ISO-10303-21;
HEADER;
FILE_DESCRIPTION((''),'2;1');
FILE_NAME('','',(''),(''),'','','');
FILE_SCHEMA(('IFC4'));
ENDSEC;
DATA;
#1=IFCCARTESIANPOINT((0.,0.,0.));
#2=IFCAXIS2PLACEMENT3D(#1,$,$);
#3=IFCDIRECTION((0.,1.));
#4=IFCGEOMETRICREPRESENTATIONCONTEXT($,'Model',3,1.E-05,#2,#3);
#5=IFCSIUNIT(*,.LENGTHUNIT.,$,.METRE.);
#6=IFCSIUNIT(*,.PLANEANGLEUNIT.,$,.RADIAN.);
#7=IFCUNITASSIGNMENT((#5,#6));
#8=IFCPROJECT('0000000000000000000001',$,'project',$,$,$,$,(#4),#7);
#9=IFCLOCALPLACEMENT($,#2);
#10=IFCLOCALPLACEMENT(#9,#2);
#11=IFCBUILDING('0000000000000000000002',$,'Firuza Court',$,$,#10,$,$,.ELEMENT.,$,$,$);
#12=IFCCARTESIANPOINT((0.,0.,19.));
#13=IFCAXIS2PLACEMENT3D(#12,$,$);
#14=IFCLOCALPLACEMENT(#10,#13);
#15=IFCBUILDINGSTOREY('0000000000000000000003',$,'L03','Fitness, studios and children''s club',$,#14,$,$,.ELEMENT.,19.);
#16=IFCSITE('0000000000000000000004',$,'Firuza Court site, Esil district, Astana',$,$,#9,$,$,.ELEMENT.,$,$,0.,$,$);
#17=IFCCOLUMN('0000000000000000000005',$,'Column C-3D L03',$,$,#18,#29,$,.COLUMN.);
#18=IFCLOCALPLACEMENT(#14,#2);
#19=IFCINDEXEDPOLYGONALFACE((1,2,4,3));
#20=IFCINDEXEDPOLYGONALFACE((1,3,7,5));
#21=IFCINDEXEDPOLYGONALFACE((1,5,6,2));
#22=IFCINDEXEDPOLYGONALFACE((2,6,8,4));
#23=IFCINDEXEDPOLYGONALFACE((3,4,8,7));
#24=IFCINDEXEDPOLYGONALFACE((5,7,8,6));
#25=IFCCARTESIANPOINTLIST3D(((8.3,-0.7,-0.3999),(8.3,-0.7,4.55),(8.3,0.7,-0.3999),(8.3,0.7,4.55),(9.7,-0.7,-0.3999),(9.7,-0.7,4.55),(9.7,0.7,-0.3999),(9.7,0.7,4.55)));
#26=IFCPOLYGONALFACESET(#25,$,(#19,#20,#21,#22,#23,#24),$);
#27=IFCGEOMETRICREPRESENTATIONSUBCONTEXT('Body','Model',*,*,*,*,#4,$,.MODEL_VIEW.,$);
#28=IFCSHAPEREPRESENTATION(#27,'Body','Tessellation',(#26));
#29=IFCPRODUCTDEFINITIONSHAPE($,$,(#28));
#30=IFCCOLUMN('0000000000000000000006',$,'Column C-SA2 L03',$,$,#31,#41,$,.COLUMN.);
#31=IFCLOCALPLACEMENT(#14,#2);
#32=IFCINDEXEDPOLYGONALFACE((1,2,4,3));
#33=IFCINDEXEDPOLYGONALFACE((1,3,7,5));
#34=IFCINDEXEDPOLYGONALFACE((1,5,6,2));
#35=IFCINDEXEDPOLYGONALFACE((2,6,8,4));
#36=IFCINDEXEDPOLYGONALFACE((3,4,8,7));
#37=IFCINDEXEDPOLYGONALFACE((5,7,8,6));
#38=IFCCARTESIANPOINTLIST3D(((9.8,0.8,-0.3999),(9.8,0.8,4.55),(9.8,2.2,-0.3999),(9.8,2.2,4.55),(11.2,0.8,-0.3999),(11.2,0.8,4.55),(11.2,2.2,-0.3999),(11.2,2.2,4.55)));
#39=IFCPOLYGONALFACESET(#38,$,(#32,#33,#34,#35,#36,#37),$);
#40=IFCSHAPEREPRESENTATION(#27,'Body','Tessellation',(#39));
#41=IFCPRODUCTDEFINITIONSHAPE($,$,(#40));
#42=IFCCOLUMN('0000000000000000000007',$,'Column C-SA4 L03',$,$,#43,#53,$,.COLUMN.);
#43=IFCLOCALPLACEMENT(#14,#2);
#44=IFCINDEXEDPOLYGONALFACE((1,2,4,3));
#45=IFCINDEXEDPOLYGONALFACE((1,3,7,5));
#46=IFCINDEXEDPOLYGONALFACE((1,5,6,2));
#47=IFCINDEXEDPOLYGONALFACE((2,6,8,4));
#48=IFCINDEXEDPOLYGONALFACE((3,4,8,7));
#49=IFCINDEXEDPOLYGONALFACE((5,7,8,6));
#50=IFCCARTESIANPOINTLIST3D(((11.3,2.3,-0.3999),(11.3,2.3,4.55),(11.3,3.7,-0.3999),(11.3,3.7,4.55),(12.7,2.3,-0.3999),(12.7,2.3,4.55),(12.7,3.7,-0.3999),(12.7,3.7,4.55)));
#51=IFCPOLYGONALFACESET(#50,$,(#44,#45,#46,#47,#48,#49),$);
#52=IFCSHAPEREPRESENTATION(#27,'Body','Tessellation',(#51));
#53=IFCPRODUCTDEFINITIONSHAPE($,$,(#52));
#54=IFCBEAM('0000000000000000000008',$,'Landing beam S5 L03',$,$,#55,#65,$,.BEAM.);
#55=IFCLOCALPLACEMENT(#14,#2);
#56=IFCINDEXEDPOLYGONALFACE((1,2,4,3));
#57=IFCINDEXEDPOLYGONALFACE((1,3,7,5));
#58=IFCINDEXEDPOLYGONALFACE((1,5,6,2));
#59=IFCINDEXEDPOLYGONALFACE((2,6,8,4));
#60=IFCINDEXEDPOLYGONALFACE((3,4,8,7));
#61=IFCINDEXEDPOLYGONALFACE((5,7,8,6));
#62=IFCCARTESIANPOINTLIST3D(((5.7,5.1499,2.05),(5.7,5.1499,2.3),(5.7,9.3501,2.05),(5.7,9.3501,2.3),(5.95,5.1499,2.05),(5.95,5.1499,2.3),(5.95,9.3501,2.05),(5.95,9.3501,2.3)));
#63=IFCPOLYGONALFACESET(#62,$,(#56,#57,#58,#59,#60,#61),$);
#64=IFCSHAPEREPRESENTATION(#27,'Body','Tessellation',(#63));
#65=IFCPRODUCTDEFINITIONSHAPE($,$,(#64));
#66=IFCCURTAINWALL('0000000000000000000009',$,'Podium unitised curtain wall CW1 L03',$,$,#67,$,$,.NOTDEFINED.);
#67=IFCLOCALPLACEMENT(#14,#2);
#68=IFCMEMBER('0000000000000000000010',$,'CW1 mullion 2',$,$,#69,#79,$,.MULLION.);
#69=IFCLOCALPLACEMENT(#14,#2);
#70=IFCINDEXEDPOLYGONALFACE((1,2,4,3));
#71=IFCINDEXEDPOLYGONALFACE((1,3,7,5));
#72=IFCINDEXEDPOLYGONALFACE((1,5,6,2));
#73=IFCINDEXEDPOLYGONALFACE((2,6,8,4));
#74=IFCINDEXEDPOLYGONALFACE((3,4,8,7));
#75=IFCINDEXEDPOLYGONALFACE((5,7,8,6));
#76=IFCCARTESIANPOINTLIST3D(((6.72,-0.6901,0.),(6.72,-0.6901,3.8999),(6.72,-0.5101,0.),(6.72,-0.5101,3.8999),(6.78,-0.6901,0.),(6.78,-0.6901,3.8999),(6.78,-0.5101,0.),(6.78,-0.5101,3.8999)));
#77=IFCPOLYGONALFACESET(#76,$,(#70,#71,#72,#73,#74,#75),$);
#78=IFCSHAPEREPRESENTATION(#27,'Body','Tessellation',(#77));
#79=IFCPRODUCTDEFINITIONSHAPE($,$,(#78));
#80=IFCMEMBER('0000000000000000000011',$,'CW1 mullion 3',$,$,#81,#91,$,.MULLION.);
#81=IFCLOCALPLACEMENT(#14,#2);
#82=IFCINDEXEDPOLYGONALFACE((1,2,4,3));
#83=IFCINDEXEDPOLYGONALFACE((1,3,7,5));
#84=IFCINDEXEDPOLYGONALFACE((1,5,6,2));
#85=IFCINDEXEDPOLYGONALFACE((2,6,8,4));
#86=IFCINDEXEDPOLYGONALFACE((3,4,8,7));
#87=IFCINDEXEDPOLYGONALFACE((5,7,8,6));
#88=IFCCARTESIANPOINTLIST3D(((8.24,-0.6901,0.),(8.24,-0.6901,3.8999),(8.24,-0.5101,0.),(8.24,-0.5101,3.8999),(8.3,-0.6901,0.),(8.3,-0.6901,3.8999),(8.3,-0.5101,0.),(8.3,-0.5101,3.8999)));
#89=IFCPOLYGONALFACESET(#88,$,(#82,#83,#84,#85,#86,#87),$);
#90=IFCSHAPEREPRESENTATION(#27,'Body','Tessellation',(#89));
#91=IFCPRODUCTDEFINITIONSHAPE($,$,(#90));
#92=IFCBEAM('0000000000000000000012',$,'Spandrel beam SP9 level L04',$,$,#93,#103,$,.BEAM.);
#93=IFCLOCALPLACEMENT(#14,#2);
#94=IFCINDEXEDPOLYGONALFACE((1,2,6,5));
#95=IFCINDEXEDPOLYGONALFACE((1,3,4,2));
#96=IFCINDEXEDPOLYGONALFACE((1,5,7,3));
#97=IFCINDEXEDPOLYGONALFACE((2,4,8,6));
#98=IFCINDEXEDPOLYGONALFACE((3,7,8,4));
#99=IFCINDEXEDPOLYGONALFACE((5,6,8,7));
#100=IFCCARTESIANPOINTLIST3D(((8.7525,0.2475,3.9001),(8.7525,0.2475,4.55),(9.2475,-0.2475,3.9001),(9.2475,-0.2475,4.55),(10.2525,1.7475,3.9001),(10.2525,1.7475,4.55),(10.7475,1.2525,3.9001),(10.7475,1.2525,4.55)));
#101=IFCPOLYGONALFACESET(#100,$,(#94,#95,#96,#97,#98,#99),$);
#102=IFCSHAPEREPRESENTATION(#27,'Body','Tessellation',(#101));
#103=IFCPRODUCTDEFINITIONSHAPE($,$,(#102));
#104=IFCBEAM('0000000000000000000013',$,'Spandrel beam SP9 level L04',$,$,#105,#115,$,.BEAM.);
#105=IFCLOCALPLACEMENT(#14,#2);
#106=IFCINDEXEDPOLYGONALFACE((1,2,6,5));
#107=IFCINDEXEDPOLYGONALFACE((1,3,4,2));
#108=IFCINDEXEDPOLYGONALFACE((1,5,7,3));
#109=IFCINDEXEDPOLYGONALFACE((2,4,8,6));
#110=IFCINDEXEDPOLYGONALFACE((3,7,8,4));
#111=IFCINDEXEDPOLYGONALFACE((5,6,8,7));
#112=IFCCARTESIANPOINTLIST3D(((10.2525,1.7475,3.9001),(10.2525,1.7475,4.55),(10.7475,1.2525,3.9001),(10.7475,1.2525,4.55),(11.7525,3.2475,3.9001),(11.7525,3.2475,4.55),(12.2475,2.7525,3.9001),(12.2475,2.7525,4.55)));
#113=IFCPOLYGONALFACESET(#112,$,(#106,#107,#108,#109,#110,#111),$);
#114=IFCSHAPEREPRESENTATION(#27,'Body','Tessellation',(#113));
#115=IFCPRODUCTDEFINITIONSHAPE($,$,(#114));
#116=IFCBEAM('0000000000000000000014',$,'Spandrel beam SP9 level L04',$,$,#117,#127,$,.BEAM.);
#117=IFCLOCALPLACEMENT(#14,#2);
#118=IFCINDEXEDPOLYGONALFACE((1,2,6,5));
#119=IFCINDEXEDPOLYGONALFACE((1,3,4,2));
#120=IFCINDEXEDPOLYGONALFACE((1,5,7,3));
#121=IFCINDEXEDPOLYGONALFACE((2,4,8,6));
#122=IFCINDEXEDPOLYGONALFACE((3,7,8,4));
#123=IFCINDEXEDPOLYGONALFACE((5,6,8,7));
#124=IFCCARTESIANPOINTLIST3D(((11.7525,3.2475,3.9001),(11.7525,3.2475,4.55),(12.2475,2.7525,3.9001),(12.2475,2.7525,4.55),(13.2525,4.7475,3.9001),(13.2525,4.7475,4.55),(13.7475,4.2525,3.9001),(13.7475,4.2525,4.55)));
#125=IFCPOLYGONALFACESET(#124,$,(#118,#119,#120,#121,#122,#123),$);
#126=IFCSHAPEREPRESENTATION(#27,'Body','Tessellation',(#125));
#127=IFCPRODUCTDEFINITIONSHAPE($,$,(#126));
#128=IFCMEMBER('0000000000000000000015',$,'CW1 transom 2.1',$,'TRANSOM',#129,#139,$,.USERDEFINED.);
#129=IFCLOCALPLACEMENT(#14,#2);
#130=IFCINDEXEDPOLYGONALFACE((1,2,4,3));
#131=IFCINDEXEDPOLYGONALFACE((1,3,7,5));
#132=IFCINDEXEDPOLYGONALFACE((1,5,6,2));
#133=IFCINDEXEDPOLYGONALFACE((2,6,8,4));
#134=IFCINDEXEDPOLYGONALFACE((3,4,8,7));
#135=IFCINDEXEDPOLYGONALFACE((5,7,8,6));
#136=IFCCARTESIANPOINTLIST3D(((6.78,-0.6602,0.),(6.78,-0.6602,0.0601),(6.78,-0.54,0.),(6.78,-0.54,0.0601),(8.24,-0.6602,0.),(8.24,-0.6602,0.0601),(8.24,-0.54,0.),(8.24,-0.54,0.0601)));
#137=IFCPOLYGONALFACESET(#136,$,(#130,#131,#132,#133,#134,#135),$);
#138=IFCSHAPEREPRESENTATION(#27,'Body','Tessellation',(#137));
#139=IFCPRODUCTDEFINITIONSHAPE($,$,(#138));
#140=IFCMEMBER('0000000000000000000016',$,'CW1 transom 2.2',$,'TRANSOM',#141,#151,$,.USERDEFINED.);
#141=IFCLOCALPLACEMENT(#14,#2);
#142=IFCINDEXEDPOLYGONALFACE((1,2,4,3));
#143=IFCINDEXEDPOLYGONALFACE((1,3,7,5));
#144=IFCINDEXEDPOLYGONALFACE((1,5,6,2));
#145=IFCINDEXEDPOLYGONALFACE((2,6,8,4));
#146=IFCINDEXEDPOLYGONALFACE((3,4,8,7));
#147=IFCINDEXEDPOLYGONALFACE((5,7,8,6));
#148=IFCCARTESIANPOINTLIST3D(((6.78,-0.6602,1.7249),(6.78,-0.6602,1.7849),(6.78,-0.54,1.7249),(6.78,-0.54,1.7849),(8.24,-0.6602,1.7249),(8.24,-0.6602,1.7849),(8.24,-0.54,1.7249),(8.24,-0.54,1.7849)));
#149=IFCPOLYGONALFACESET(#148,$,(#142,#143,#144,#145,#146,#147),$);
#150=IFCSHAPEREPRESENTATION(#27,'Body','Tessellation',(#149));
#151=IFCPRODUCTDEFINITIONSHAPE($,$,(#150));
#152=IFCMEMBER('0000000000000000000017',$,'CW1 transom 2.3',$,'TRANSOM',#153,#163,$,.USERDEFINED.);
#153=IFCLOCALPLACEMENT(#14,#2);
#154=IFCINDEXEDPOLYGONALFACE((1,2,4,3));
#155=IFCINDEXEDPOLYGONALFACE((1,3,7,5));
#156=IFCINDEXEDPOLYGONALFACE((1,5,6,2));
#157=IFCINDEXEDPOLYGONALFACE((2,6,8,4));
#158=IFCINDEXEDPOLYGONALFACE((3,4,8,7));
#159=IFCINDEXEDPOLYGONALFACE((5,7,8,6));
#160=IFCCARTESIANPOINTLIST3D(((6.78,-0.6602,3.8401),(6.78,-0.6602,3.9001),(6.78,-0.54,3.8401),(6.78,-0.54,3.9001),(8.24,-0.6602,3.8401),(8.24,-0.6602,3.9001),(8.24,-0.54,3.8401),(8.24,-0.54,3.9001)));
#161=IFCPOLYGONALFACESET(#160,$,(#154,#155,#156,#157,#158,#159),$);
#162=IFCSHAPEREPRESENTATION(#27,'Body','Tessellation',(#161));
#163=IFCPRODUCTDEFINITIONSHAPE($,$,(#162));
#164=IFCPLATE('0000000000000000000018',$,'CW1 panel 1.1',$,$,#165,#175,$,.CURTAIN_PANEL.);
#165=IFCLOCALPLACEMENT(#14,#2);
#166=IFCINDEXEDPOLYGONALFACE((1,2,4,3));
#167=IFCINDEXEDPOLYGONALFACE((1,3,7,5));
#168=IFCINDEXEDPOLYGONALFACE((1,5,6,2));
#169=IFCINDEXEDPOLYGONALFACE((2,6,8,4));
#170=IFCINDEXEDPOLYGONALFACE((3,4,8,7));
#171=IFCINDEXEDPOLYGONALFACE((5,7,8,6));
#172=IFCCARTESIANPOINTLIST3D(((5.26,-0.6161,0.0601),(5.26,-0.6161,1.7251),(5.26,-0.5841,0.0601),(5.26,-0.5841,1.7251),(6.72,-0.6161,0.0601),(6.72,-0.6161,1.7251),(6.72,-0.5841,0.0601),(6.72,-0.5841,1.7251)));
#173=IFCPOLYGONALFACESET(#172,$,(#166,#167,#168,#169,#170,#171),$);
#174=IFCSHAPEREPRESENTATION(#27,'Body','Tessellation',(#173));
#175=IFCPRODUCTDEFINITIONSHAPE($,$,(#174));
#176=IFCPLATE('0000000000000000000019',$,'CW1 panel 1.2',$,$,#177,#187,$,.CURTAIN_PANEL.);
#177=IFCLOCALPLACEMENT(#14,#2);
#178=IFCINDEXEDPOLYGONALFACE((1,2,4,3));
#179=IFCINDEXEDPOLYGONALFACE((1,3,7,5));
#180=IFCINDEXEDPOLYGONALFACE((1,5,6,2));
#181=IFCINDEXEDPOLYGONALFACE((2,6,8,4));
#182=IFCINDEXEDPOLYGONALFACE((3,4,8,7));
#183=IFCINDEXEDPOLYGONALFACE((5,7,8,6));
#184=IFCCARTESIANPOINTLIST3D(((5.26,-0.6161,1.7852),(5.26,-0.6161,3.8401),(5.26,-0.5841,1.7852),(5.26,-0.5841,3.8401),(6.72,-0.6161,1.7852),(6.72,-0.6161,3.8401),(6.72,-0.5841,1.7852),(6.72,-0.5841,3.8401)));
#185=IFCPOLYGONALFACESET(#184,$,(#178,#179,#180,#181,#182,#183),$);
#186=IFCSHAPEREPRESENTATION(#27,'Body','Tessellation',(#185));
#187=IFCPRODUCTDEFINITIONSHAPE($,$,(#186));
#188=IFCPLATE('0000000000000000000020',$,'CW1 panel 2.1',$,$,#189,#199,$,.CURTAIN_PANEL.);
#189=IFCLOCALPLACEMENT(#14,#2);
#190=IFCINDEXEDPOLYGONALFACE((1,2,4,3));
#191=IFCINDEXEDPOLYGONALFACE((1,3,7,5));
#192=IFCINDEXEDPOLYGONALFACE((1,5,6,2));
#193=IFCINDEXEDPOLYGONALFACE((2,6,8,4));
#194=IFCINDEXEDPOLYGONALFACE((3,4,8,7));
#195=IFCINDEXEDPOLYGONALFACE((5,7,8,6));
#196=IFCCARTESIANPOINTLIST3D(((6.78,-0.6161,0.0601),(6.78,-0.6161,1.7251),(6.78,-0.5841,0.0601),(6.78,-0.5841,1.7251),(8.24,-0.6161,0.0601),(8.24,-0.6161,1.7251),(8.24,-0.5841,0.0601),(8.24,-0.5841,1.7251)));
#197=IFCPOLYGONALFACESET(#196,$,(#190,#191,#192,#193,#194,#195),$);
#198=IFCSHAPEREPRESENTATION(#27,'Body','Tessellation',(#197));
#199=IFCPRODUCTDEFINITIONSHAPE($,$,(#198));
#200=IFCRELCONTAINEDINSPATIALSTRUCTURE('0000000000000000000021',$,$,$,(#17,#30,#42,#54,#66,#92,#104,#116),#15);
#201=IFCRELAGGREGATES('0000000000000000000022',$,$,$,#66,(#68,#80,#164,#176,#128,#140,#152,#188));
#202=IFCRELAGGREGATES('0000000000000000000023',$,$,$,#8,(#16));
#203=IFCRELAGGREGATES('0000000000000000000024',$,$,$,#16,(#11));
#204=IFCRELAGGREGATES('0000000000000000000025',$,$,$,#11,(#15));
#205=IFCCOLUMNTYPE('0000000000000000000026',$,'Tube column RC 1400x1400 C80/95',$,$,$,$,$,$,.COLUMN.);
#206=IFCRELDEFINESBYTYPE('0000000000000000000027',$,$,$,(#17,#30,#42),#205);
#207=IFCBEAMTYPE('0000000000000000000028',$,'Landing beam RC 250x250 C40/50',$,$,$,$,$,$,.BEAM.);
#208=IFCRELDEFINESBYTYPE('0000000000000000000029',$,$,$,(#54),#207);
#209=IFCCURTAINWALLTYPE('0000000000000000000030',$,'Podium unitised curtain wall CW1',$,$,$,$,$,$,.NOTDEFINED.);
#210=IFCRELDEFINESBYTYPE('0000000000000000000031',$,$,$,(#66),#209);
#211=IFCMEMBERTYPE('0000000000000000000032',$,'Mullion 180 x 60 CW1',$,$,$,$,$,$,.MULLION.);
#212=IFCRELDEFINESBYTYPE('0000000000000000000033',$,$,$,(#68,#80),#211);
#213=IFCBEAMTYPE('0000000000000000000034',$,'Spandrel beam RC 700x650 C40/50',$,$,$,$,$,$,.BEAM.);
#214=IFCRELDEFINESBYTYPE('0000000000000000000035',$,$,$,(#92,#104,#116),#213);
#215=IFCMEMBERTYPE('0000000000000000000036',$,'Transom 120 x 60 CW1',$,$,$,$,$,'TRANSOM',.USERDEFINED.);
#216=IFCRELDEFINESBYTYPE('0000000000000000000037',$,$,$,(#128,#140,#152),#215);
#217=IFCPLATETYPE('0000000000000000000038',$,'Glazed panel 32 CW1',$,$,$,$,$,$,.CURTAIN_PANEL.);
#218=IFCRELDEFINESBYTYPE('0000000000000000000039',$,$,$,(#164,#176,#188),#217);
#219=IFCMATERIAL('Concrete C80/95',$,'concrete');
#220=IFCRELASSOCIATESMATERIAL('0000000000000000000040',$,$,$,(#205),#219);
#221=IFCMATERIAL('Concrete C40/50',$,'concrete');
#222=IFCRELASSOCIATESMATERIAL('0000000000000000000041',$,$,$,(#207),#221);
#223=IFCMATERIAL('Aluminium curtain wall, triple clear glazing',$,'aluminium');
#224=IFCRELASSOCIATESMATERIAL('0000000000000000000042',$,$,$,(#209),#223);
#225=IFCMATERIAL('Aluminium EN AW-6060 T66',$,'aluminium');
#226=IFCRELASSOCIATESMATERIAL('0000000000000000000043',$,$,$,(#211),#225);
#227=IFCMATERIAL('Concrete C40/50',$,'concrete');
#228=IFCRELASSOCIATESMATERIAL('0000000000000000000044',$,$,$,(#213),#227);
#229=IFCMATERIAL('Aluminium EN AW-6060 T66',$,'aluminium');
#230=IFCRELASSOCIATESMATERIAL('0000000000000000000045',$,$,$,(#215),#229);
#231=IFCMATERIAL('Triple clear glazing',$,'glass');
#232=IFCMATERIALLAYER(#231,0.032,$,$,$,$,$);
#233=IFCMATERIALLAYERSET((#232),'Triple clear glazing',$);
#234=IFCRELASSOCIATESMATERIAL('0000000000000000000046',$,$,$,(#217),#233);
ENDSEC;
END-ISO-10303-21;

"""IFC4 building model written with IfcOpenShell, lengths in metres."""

from ifc_helpers import new_model, si_unit, direction, frame, origin, origin_2d, place, context, subcontext, project, spatial, rectangle, extrude, material, layer, layer_set, material_profile, profile_set, type_object, element, aggregate, save


model = new_model("IFC4")

# Units and contexts
model_context = context("Model", 3, precision=1e-05, world=origin(), true_north=direction((0.0, 1.0)))
body_context = subcontext(model_context, "Body", "Model", "MODEL_VIEW")
ifc_project = project(units=[si_unit("LENGTHUNIT", "METRE"), si_unit("PLANEANGLEUNIT", "RADIAN")], contexts=[model_context])

# Site, building, storey
site_placement = place(None, origin())
site = spatial("IfcSite", under=ifc_project, at=site_placement, Name="Firuza Court site, Esil district, Astana", CompositionType="ELEMENT", RefElevation=0.0)
building_placement = place(site_placement, origin())
building = spatial("IfcBuilding", under=site, at=building_placement, Name="Firuza Court", CompositionType="ELEMENT")
storey_placement = place(building_placement, frame((0.0, 0.0, 19.0)))
storey = spatial("IfcBuildingStorey", under=building, at=storey_placement, Name="L03", Description="Fitness, studios and children's club", CompositionType="ELEMENT", Elevation=19.0)

# Columns
ifc_material_1 = material(Name="Concrete C80/95", Category="concrete")
ifc_material_profile_1 = material_profile(ifc_material_1, rectangle(XDim=1.3999, YDim=1.3999, at=origin_2d()), Name="RC 1400x1400")
ifc_profile_set_1 = profile_set([ifc_material_profile_1], Name="Concrete C80/95")
column_type = type_object("IfcColumnType", Name="Tube column RC 1400x1400 C80/95", PredefinedType="COLUMN", material=ifc_profile_set_1)
for number, where, z_axis, x_axis, name in (
    (1, (9.0, 0.0, -0.3999), (0.0, 0.0, 1.0), (1.0, 0.0, 0.0), "Column C-3D L03"),
    (2, (10.5, 1.5, -0.3999), (0.0, 0.0, 1.0), (1.0, 0.0, 0.0), "Column C-SA2 L03"),
    (3, (12.0, 3.0, -0.3999), (0.0, 0.0, 1.0), (1.0, 0.0, 0.0), "Column C-SA4 L03"),
):
    element("IfcColumn", number, at=place(storey_placement, frame(where, z_axis=z_axis, x_axis=x_axis)), inside=storey, type_object=column_type, Name=name, PredefinedType="COLUMN", context=body_context, shape_type="SweptSolid", body=[
        extrude(rectangle(XDim=1.3999, YDim=1.3999, at=origin_2d()), origin(), (0.0, 0.0, 1.0), 4.95),
    ])

# Beam
ifc_material_2 = material(Name="Concrete C40/50", Category="concrete")
ifc_material_profile_2 = material_profile(ifc_material_2, rectangle(XDim=0.25, YDim=0.25, at=origin_2d()), Name="RC 250x250")
ifc_profile_set_2 = profile_set([ifc_material_profile_2], Name="Concrete C40/50")
beam_type_1 = type_object("IfcBeamType", Name="Landing beam RC 250x250 C40/50", PredefinedType="BEAM", material=ifc_profile_set_2)
beam_placement = place(storey_placement, frame((5.825, 5.1499, 2.175), z_axis=(0.0, 1.0, 0.0), x_axis=(-1.0, 0.0, 0.0)))
element("IfcBeam", 4, at=beam_placement, inside=storey, type_object=beam_type_1, Name="Landing beam S5 L03", PredefinedType="BEAM", context=body_context, shape_type="SweptSolid", body=[
    extrude(rectangle(XDim=0.25, YDim=0.25, at=origin_2d()), origin(), (0.0, 0.0, 1.0), 4.2002),
])

# Curtain wall, members
ifc_material_3 = material(Name="Aluminium curtain wall, triple clear glazing", Category="aluminium")
curtain_wall_type = type_object("IfcCurtainWallType", Name="Podium unitised curtain wall CW1", PredefinedType="NOTDEFINED", material=ifc_material_3)
curtain_wall_placement = place(storey_placement, origin())
curtain_wall = element("IfcCurtainWall", 5, at=curtain_wall_placement, inside=storey, type_object=curtain_wall_type, Name="Podium unitised curtain wall CW1 L03", PredefinedType="NOTDEFINED")
ifc_material_4 = material(Name="Aluminium EN AW-6060 T66", Category="aluminium")
ifc_material_profile_3 = material_profile(ifc_material_4, rectangle(XDim=0.1799, YDim=0.0601, at=origin_2d()), Name="Mullion 180 x 60 CW1")
ifc_profile_set_3 = profile_set([ifc_material_profile_3], Name="Aluminium EN AW-6060 T66")
member_type_1 = type_object("IfcMemberType", Name="Mullion 180 x 60 CW1", PredefinedType="MULLION", material=ifc_profile_set_3)
member_1_placement = place(storey_placement, frame((6.75, -0.6001, 0.0), z_axis=(0.0, 0.0, 1.0), x_axis=(0.0, 1.0, 0.0)))
member_1 = element("IfcMember", 6, at=member_1_placement, type_object=member_type_1, Name="CW1 mullion 2", PredefinedType="MULLION", context=body_context, shape_type="SweptSolid", body=[
    extrude(rectangle(XDim=0.1799, YDim=0.0601, at=origin_2d()), origin(), (0.0, 0.0, 1.0), 3.8999),
])
member_2_placement = place(storey_placement, frame((8.27, -0.6001, 0.0), z_axis=(0.0, 0.0, 1.0), x_axis=(0.0, 1.0, 0.0)))
member_2 = element("IfcMember", 7, at=member_2_placement, type_object=member_type_1, Name="CW1 mullion 3", PredefinedType="MULLION", context=body_context, shape_type="SweptSolid", body=[
    extrude(rectangle(XDim=0.1799, YDim=0.0601, at=origin_2d()), origin(), (0.0, 0.0, 1.0), 3.8999),
])

# Beams
ifc_material_5 = material(Name="Concrete C40/50", Category="concrete")
ifc_material_profile_4 = material_profile(ifc_material_5, rectangle(XDim=0.7, YDim=0.6499, at=origin_2d()), Name="RC 700x650")
ifc_profile_set_4 = profile_set([ifc_material_profile_4], Name="Concrete C40/50")
beam_type_2 = type_object("IfcBeamType", Name="Spandrel beam RC 700x650 C40/50", PredefinedType="BEAM", material=ifc_profile_set_4)
for number, where, z_axis, x_axis, name in (
    (8, (9.0, 0.0, 4.2251), (0.707107, 0.707107, 0.0), (-0.707107, 0.707107, 0.0), "Spandrel beam SP9 level L04"),
    (9, (10.5, 1.5, 4.2251), (0.707107, 0.707107, 0.0), (-0.707107, 0.707107, 0.0), "Spandrel beam SP9 level L04"),
    (10, (12.0, 3.0, 4.2251), (0.707107, 0.707107, 0.0), (-0.707107, 0.707107, 0.0), "Spandrel beam SP9 level L04"),
):
    element("IfcBeam", number, at=place(storey_placement, frame(where, z_axis=z_axis, x_axis=x_axis)), inside=storey, type_object=beam_type_2, Name=name, PredefinedType="BEAM", context=body_context, shape_type="SweptSolid", body=[
        extrude(rectangle(XDim=0.7, YDim=0.6499, at=origin_2d()), origin(), (0.0, 0.0, 1.0), 2.1213),
    ])

# Members
ifc_material_6 = material(Name="Aluminium EN AW-6060 T66", Category="aluminium")
ifc_material_profile_5 = material_profile(ifc_material_6, rectangle(XDim=0.1201, YDim=0.0601, at=origin_2d()), Name="Transom 120 x 60 CW1")
ifc_profile_set_5 = profile_set([ifc_material_profile_5], Name="Aluminium EN AW-6060 T66")
member_type_2 = type_object("IfcMemberType", Name="Transom 120 x 60 CW1", ElementType="TRANSOM", PredefinedType="USERDEFINED", material=ifc_profile_set_5)
member_3_placement = place(storey_placement, frame((6.78, -0.6001, 0.03), z_axis=(1.0, 0.0, 0.0), x_axis=(0.0, 1.0, 0.0)))
member_3 = element("IfcMember", 11, at=member_3_placement, type_object=member_type_2, Name="CW1 transom 2.1", ObjectType="TRANSOM", PredefinedType="USERDEFINED", context=body_context, shape_type="SweptSolid", body=[
    extrude(rectangle(XDim=0.1201, YDim=0.0601, at=origin_2d()), origin(), (0.0, 0.0, 1.0), 1.46),
])
member_4_placement = place(storey_placement, frame((6.78, -0.6001, 1.7549), z_axis=(1.0, 0.0, 0.0), x_axis=(0.0, 1.0, 0.0)))
member_4 = element("IfcMember", 12, at=member_4_placement, type_object=member_type_2, Name="CW1 transom 2.2", ObjectType="TRANSOM", PredefinedType="USERDEFINED", context=body_context, shape_type="SweptSolid", body=[
    extrude(rectangle(XDim=0.1201, YDim=0.0601, at=origin_2d()), origin(), (0.0, 0.0, 1.0), 1.46),
])
member_5_placement = place(storey_placement, frame((6.78, -0.6001, 3.8701), z_axis=(1.0, 0.0, 0.0), x_axis=(0.0, 1.0, 0.0)))
member_5 = element("IfcMember", 13, at=member_5_placement, type_object=member_type_2, Name="CW1 transom 2.3", ObjectType="TRANSOM", PredefinedType="USERDEFINED", context=body_context, shape_type="SweptSolid", body=[
    extrude(rectangle(XDim=0.1201, YDim=0.0601, at=origin_2d()), origin(), (0.0, 0.0, 1.0), 1.46),
])

# Plates
ifc_material_7 = material(Name="Triple clear glazing", Category="glass")
ifc_layer_1 = layer(ifc_material_7, 0.032)
ifc_layer_set_1 = layer_set([ifc_layer_1], Name="Triple clear glazing")
plate_type = type_object("IfcPlateType", Name="Glazed panel 32 CW1", PredefinedType="CURTAIN_PANEL", material=ifc_layer_set_1)
plate_1_placement = place(storey_placement, frame((5.99, -0.6001, 0.0601), z_axis=(0.0, 0.0, 1.0), x_axis=(1.0, 0.0, 0.0)))
plate_1 = element("IfcPlate", 14, at=plate_1_placement, type_object=plate_type, Name="CW1 panel 1.1", PredefinedType="CURTAIN_PANEL", context=body_context, shape_type="SweptSolid", body=[
    extrude(rectangle(XDim=1.46, YDim=0.032, at=origin_2d()), origin(), (0.0, 0.0, 1.0), 1.665),
])
plate_2_placement = place(storey_placement, frame((5.99, -0.6001, 1.7852), z_axis=(0.0, 0.0, 1.0), x_axis=(1.0, 0.0, 0.0)))
plate_2 = element("IfcPlate", 15, at=plate_2_placement, type_object=plate_type, Name="CW1 panel 1.2", PredefinedType="CURTAIN_PANEL", context=body_context, shape_type="SweptSolid", body=[
    extrude(rectangle(XDim=1.46, YDim=0.032, at=origin_2d()), origin(), (0.0, 0.0, 1.0), 2.0549),
])
plate_3_placement = place(storey_placement, frame((7.51, -0.6001, 0.0601), z_axis=(0.0, 0.0, 1.0), x_axis=(1.0, 0.0, 0.0)))
plate_3 = element("IfcPlate", 16, at=plate_3_placement, type_object=plate_type, Name="CW1 panel 2.1", PredefinedType="CURTAIN_PANEL", context=body_context, shape_type="SweptSolid", body=[
    extrude(rectangle(XDim=1.46, YDim=0.032, at=origin_2d()), origin(), (0.0, 0.0, 1.0), 1.665),
])
aggregate(curtain_wall, [member_1, member_2, plate_1, plate_2, member_3, member_4, member_5, plate_3])

save(model, "model.ifc")
